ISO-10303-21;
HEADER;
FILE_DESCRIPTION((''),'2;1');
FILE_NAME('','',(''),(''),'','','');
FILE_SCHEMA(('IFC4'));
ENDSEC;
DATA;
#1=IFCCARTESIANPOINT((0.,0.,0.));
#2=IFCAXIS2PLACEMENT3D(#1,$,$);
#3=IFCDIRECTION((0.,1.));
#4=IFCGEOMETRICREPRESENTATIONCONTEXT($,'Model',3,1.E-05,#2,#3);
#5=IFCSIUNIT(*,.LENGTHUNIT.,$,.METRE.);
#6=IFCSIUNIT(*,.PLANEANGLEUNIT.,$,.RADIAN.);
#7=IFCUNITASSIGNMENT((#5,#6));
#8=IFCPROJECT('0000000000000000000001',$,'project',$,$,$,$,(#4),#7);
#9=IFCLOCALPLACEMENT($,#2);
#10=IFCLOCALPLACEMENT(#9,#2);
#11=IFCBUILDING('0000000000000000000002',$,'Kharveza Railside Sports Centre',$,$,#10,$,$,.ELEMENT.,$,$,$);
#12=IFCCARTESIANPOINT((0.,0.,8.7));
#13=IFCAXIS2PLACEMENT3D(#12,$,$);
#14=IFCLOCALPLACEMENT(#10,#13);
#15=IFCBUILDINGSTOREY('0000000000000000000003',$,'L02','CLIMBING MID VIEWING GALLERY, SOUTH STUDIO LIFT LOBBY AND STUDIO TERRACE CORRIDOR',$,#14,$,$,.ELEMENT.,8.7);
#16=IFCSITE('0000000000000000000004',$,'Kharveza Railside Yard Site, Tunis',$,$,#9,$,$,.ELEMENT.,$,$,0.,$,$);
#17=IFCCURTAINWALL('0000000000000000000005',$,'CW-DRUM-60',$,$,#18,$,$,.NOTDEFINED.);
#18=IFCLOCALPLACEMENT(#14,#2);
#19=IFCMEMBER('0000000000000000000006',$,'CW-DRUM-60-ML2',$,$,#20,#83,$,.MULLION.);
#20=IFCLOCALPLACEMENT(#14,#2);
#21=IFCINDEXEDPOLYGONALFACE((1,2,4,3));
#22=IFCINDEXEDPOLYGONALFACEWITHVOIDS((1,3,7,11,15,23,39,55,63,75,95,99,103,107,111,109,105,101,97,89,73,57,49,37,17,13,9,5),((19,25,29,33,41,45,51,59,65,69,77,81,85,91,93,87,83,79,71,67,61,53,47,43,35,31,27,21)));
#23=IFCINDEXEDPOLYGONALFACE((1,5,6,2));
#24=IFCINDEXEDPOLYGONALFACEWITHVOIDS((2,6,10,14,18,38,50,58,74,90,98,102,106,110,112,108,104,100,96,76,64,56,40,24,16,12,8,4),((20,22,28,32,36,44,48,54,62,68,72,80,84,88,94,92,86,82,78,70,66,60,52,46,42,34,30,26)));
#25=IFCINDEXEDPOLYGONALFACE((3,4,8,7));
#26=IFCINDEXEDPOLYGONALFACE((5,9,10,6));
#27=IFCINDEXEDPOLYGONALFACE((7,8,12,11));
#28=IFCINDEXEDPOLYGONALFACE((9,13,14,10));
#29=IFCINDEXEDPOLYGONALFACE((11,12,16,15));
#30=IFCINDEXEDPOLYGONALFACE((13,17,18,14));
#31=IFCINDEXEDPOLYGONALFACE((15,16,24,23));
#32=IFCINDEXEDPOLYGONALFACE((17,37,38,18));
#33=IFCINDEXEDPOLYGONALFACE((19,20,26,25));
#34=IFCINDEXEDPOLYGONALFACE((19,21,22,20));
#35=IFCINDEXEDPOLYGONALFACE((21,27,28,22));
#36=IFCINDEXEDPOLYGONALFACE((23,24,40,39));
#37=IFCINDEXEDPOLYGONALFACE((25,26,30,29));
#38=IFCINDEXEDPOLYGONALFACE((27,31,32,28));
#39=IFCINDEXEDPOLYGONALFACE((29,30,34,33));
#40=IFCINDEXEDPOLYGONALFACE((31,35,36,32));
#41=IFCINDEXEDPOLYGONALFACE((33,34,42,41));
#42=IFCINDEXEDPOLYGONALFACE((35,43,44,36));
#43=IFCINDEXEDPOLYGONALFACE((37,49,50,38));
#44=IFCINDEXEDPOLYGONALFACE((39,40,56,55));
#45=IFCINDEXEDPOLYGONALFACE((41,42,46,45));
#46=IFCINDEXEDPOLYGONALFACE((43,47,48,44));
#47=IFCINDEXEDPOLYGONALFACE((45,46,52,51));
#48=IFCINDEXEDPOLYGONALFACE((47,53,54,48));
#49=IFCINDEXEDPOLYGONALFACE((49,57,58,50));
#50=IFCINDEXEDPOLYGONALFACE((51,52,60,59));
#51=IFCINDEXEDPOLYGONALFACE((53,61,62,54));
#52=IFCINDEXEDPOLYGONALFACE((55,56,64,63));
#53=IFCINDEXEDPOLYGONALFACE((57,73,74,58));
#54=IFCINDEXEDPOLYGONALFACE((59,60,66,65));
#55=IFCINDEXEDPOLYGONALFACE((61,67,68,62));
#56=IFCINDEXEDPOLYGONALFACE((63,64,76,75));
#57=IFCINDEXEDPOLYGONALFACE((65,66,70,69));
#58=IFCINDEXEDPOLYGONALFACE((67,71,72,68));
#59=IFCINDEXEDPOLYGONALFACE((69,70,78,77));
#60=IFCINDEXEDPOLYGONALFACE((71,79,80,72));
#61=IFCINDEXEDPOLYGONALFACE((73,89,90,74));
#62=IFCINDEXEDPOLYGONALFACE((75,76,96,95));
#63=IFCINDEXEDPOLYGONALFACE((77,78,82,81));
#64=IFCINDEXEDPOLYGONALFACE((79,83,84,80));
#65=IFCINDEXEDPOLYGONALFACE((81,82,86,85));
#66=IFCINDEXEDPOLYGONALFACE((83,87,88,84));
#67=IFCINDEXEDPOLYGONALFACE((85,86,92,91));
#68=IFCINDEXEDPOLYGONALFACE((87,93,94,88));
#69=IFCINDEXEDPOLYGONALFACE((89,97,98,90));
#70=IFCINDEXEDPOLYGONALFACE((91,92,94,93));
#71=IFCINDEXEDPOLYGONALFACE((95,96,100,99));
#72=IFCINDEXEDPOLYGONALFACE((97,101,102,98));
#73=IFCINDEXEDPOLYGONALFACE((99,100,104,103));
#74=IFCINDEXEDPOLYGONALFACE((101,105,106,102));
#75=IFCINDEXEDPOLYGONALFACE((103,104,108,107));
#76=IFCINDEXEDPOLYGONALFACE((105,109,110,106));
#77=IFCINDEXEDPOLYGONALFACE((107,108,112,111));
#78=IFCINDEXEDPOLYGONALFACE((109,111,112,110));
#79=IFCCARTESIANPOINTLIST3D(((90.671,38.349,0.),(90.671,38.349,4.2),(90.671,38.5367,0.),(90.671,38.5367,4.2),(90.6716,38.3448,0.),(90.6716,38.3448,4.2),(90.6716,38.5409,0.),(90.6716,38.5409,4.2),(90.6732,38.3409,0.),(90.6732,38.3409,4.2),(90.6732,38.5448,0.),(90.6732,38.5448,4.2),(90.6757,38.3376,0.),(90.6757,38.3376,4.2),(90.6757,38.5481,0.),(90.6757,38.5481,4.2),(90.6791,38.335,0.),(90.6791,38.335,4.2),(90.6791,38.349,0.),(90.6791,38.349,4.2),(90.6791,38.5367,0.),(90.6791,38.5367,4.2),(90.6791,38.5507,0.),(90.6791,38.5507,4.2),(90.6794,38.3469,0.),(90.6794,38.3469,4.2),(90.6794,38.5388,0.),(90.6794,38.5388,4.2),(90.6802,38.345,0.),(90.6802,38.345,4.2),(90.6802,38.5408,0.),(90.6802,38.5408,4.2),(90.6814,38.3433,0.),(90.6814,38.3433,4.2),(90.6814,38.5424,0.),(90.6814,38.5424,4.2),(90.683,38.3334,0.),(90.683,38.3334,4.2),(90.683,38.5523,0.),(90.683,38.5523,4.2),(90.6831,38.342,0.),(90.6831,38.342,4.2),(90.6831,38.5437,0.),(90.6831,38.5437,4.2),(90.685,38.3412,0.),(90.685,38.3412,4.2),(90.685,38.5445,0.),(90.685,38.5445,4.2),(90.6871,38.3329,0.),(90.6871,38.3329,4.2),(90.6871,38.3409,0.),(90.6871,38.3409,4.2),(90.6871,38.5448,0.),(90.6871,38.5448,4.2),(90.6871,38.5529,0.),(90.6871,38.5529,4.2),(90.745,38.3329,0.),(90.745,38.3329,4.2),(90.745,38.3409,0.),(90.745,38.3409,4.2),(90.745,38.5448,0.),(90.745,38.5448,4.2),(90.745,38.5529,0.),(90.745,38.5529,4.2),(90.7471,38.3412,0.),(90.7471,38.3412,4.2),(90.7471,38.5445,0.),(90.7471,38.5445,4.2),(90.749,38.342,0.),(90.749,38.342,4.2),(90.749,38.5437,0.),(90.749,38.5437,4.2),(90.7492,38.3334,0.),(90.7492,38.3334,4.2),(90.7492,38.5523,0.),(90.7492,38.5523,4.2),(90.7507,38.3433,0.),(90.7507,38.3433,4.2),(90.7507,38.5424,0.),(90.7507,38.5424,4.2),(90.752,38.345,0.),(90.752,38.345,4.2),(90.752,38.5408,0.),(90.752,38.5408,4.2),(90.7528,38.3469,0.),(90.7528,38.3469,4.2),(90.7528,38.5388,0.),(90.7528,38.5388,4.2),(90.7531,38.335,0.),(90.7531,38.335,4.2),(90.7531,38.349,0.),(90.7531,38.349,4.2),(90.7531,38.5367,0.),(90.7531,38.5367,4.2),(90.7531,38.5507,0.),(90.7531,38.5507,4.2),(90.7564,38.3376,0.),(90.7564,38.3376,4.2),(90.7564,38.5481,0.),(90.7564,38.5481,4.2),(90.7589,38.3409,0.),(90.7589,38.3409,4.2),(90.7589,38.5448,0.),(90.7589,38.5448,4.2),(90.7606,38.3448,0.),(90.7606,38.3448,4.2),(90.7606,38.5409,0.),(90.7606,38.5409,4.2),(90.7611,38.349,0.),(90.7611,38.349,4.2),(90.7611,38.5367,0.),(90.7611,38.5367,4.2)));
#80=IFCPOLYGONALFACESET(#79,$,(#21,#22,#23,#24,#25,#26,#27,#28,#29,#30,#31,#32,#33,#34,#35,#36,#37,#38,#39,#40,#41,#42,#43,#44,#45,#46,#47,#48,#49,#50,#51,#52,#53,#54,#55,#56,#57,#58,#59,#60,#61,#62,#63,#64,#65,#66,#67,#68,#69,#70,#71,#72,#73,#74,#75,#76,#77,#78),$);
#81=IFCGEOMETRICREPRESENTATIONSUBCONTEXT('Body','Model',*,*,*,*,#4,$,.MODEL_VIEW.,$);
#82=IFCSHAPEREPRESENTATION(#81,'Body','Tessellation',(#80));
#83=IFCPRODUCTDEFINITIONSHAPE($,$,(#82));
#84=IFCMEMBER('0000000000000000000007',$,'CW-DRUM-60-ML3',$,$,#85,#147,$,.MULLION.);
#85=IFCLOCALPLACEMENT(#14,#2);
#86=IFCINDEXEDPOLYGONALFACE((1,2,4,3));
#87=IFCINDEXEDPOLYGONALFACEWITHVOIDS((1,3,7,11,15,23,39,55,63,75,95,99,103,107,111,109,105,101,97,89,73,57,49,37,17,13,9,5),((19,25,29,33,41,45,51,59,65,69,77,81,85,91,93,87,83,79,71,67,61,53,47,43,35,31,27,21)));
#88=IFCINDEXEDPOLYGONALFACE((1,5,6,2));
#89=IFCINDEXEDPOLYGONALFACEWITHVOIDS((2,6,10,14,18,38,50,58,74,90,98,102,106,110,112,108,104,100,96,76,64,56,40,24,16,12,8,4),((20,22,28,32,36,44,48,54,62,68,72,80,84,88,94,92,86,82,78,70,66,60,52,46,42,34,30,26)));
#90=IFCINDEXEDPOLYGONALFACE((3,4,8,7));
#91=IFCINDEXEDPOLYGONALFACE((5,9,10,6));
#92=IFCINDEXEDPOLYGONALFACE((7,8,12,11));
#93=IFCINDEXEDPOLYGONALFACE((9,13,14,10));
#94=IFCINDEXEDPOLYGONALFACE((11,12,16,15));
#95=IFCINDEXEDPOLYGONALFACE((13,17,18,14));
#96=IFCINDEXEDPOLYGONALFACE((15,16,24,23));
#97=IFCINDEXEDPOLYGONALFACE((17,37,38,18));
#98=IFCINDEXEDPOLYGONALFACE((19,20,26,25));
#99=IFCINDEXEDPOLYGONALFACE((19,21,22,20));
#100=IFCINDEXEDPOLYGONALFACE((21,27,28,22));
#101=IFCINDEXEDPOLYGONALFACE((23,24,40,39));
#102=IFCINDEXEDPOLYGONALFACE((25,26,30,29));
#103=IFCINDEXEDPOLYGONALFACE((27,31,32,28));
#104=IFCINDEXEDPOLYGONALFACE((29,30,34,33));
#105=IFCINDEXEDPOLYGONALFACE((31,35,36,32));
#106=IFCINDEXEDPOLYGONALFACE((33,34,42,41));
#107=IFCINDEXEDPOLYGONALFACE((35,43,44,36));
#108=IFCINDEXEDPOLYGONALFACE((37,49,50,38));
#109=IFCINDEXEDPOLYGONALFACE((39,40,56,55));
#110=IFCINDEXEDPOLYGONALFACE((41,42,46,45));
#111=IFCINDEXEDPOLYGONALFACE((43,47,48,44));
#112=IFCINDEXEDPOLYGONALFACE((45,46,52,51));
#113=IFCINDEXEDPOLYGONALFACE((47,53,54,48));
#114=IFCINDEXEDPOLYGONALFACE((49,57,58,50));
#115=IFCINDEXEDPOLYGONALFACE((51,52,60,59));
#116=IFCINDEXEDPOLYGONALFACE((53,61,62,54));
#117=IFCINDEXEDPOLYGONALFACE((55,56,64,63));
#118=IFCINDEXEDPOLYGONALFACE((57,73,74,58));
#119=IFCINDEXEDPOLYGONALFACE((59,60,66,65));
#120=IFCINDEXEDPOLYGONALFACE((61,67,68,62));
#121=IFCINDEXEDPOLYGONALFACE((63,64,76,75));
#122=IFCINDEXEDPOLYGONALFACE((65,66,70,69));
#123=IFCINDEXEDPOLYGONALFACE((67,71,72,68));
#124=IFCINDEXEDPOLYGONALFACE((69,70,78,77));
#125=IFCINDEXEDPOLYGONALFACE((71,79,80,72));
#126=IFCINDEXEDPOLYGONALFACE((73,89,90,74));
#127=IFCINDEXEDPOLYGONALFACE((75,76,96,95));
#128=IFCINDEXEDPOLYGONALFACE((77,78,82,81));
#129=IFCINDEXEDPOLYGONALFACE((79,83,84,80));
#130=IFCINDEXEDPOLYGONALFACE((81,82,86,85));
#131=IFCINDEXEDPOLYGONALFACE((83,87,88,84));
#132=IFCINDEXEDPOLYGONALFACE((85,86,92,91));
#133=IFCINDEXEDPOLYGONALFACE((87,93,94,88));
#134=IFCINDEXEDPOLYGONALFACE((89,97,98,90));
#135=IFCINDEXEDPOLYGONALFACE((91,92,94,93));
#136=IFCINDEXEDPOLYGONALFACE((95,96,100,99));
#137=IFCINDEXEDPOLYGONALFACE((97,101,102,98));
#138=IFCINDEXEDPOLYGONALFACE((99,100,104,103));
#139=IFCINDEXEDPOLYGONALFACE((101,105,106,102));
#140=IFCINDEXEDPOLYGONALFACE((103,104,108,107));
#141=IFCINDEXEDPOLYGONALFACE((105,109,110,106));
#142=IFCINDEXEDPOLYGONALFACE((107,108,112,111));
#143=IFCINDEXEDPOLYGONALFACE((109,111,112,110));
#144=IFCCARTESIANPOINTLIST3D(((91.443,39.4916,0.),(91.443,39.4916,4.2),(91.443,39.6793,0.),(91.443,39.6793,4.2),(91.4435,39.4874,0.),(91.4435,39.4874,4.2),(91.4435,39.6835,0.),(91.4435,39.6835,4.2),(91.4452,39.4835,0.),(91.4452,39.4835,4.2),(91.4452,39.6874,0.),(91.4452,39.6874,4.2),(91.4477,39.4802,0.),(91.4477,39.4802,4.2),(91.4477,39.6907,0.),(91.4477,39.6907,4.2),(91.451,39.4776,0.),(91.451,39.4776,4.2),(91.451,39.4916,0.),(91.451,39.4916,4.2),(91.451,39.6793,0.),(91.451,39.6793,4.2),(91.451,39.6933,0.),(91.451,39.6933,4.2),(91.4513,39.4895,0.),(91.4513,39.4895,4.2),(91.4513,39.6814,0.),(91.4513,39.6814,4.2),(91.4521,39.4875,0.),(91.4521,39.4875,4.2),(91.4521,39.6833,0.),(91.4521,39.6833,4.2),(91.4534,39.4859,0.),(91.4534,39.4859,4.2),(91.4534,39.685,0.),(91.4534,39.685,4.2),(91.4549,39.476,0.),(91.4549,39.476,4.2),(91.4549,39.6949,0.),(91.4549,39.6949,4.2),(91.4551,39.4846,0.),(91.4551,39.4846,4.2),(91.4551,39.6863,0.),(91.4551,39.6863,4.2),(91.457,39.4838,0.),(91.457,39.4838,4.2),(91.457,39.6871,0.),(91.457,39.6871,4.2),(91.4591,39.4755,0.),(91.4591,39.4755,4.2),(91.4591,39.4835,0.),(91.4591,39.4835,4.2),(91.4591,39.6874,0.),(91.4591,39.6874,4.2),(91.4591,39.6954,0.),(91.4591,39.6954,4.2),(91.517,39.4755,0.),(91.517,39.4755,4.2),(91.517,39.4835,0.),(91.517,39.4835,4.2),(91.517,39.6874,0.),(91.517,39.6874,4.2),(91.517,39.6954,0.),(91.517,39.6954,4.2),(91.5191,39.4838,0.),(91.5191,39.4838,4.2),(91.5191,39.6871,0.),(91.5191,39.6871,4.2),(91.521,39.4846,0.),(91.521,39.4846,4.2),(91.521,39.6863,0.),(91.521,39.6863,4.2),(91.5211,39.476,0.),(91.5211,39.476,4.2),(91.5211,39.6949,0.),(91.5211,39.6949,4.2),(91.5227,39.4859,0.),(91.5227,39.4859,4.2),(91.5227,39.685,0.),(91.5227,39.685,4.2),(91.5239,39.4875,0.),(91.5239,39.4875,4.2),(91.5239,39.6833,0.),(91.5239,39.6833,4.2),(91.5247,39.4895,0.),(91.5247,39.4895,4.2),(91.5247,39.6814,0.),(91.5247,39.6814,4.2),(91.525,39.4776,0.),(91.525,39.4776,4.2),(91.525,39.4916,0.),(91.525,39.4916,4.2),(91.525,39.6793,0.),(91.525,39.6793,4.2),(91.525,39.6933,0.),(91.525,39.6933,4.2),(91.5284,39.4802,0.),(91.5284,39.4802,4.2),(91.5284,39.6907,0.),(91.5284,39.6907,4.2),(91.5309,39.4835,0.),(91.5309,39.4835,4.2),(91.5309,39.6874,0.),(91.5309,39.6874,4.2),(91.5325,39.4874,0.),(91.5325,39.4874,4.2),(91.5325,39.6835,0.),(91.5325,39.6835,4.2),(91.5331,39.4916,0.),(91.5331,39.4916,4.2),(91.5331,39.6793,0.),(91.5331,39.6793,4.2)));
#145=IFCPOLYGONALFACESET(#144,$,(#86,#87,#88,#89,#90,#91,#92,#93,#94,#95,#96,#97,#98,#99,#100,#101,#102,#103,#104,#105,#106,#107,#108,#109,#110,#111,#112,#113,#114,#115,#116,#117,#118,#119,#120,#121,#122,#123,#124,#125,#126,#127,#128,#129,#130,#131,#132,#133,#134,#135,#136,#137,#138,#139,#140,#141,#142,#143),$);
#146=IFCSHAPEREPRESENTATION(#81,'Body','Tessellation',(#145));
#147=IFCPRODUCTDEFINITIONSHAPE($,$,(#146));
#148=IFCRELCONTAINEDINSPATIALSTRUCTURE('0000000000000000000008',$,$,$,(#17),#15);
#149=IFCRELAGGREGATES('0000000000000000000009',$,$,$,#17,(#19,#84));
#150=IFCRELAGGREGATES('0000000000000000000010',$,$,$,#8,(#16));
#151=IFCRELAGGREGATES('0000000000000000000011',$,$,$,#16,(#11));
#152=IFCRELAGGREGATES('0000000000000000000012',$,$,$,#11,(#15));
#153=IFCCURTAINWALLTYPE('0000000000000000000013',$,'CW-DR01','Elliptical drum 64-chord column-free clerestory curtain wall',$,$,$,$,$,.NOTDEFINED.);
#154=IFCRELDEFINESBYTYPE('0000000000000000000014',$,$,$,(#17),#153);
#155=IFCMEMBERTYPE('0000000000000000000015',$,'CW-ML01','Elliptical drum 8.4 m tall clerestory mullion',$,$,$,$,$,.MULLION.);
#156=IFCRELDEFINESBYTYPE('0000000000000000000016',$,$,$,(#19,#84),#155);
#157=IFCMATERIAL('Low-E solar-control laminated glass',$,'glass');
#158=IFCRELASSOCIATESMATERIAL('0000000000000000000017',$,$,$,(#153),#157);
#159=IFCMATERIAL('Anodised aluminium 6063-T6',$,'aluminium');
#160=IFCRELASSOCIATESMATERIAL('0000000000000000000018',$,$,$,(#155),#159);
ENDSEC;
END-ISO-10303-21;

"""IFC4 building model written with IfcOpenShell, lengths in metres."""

from ifc_helpers import new_model, si_unit, direction, frame, origin, origin_2d, place, context, subcontext, project, spatial, hollow_rectangle, extrude, material, material_profile, profile_set, type_object, element, aggregate, save


model = new_model("IFC4")

# Units and contexts
model_context = context("Model", 3, precision=1e-05, world=origin(), true_north=direction((0.0, 1.0)))
body_context = subcontext(model_context, "Body", "Model", "MODEL_VIEW")
ifc_project = project(units=[si_unit("LENGTHUNIT", "METRE"), si_unit("PLANEANGLEUNIT", "RADIAN")], contexts=[model_context])

# Site, building, storey
site_placement = place(None, origin())
site = spatial("IfcSite", under=ifc_project, at=site_placement, Name="Kharveza Railside Yard Site, Tunis", CompositionType="ELEMENT", RefElevation=0.0)
building_placement = place(site_placement, origin())
building = spatial("IfcBuilding", under=site, at=building_placement, Name="Kharveza Railside Sports Centre", CompositionType="ELEMENT")
storey_placement = place(building_placement, frame((0.0, 0.0, 8.7)))
storey = spatial("IfcBuildingStorey", under=building, at=storey_placement, Name="L02", Description="CLIMBING MID VIEWING GALLERY, SOUTH STUDIO LIFT LOBBY AND STUDIO TERRACE CORRIDOR", CompositionType="ELEMENT", Elevation=8.7)

# Curtain wall, members
ifc_material_1 = material(Name="Low-E solar-control laminated glass", Category="glass")
curtain_wall_type = type_object("IfcCurtainWallType", Name="CW-DR01", Description="Elliptical drum 64-chord column-free clerestory curtain wall", PredefinedType="NOTDEFINED", material=ifc_material_1)
ifc_material_2 = material(Name="Anodised aluminium 6063-T6", Category="aluminium")
ifc_material_profile_1 = material_profile(ifc_material_2, hollow_rectangle(XDim=0.0901, YDim=0.22, WallThickness=0.0081, InnerFilletRadius=0.0081, OuterFilletRadius=0.0161, at=origin_2d()), Name="RHS 90x220x8.0")
ifc_profile_set_1 = profile_set([ifc_material_profile_1], Name="Anodised aluminium 6063-T6")
member_type_1 = type_object("IfcMemberType", Name="CW-ML01", Description="Elliptical drum 8.4 m tall clerestory mullion", PredefinedType="MULLION", material=ifc_profile_set_1)
curtain_wall_1_placement = place(storey_placement, origin())
curtain_wall_1 = element("IfcCurtainWall", 1, at=curtain_wall_1_placement, inside=storey, type_object=curtain_wall_type, Name="CW-DRUM-60", PredefinedType="NOTDEFINED")
member_1_placement = place(storey_placement, frame((90.7161, 38.4429, 0.0), z_axis=(0.0, 0.0, 1.0), x_axis=(1.0, 0.0, 0.0)))
member_1 = element("IfcMember", 2, at=member_1_placement, type_object=member_type_1, Name="CW-DRUM-60-ML2", PredefinedType="MULLION", context=body_context, shape_type="SweptSolid", body=[
    extrude(hollow_rectangle(XDim=0.0901, YDim=0.22, WallThickness=0.0081, InnerFilletRadius=0.0081, OuterFilletRadius=0.0161, at=origin_2d()), origin(), (0.0, 0.0, 1.0), 4.2),
])
member_2_placement = place(storey_placement, frame((91.488, 39.5854, 0.0), z_axis=(0.0, 0.0, 1.0), x_axis=(1.0, 0.0, 0.0)))
member_2 = element("IfcMember", 3, at=member_2_placement, type_object=member_type_1, Name="CW-DRUM-60-ML3", PredefinedType="MULLION", context=body_context, shape_type="SweptSolid", body=[
    extrude(hollow_rectangle(XDim=0.0901, YDim=0.22, WallThickness=0.0081, InnerFilletRadius=0.0081, OuterFilletRadius=0.0161, at=origin_2d()), origin(), (0.0, 0.0, 1.0), 4.2),
])

aggregate(curtain_wall_1, [member_1, member_2])

save(model, "model.ifc")
